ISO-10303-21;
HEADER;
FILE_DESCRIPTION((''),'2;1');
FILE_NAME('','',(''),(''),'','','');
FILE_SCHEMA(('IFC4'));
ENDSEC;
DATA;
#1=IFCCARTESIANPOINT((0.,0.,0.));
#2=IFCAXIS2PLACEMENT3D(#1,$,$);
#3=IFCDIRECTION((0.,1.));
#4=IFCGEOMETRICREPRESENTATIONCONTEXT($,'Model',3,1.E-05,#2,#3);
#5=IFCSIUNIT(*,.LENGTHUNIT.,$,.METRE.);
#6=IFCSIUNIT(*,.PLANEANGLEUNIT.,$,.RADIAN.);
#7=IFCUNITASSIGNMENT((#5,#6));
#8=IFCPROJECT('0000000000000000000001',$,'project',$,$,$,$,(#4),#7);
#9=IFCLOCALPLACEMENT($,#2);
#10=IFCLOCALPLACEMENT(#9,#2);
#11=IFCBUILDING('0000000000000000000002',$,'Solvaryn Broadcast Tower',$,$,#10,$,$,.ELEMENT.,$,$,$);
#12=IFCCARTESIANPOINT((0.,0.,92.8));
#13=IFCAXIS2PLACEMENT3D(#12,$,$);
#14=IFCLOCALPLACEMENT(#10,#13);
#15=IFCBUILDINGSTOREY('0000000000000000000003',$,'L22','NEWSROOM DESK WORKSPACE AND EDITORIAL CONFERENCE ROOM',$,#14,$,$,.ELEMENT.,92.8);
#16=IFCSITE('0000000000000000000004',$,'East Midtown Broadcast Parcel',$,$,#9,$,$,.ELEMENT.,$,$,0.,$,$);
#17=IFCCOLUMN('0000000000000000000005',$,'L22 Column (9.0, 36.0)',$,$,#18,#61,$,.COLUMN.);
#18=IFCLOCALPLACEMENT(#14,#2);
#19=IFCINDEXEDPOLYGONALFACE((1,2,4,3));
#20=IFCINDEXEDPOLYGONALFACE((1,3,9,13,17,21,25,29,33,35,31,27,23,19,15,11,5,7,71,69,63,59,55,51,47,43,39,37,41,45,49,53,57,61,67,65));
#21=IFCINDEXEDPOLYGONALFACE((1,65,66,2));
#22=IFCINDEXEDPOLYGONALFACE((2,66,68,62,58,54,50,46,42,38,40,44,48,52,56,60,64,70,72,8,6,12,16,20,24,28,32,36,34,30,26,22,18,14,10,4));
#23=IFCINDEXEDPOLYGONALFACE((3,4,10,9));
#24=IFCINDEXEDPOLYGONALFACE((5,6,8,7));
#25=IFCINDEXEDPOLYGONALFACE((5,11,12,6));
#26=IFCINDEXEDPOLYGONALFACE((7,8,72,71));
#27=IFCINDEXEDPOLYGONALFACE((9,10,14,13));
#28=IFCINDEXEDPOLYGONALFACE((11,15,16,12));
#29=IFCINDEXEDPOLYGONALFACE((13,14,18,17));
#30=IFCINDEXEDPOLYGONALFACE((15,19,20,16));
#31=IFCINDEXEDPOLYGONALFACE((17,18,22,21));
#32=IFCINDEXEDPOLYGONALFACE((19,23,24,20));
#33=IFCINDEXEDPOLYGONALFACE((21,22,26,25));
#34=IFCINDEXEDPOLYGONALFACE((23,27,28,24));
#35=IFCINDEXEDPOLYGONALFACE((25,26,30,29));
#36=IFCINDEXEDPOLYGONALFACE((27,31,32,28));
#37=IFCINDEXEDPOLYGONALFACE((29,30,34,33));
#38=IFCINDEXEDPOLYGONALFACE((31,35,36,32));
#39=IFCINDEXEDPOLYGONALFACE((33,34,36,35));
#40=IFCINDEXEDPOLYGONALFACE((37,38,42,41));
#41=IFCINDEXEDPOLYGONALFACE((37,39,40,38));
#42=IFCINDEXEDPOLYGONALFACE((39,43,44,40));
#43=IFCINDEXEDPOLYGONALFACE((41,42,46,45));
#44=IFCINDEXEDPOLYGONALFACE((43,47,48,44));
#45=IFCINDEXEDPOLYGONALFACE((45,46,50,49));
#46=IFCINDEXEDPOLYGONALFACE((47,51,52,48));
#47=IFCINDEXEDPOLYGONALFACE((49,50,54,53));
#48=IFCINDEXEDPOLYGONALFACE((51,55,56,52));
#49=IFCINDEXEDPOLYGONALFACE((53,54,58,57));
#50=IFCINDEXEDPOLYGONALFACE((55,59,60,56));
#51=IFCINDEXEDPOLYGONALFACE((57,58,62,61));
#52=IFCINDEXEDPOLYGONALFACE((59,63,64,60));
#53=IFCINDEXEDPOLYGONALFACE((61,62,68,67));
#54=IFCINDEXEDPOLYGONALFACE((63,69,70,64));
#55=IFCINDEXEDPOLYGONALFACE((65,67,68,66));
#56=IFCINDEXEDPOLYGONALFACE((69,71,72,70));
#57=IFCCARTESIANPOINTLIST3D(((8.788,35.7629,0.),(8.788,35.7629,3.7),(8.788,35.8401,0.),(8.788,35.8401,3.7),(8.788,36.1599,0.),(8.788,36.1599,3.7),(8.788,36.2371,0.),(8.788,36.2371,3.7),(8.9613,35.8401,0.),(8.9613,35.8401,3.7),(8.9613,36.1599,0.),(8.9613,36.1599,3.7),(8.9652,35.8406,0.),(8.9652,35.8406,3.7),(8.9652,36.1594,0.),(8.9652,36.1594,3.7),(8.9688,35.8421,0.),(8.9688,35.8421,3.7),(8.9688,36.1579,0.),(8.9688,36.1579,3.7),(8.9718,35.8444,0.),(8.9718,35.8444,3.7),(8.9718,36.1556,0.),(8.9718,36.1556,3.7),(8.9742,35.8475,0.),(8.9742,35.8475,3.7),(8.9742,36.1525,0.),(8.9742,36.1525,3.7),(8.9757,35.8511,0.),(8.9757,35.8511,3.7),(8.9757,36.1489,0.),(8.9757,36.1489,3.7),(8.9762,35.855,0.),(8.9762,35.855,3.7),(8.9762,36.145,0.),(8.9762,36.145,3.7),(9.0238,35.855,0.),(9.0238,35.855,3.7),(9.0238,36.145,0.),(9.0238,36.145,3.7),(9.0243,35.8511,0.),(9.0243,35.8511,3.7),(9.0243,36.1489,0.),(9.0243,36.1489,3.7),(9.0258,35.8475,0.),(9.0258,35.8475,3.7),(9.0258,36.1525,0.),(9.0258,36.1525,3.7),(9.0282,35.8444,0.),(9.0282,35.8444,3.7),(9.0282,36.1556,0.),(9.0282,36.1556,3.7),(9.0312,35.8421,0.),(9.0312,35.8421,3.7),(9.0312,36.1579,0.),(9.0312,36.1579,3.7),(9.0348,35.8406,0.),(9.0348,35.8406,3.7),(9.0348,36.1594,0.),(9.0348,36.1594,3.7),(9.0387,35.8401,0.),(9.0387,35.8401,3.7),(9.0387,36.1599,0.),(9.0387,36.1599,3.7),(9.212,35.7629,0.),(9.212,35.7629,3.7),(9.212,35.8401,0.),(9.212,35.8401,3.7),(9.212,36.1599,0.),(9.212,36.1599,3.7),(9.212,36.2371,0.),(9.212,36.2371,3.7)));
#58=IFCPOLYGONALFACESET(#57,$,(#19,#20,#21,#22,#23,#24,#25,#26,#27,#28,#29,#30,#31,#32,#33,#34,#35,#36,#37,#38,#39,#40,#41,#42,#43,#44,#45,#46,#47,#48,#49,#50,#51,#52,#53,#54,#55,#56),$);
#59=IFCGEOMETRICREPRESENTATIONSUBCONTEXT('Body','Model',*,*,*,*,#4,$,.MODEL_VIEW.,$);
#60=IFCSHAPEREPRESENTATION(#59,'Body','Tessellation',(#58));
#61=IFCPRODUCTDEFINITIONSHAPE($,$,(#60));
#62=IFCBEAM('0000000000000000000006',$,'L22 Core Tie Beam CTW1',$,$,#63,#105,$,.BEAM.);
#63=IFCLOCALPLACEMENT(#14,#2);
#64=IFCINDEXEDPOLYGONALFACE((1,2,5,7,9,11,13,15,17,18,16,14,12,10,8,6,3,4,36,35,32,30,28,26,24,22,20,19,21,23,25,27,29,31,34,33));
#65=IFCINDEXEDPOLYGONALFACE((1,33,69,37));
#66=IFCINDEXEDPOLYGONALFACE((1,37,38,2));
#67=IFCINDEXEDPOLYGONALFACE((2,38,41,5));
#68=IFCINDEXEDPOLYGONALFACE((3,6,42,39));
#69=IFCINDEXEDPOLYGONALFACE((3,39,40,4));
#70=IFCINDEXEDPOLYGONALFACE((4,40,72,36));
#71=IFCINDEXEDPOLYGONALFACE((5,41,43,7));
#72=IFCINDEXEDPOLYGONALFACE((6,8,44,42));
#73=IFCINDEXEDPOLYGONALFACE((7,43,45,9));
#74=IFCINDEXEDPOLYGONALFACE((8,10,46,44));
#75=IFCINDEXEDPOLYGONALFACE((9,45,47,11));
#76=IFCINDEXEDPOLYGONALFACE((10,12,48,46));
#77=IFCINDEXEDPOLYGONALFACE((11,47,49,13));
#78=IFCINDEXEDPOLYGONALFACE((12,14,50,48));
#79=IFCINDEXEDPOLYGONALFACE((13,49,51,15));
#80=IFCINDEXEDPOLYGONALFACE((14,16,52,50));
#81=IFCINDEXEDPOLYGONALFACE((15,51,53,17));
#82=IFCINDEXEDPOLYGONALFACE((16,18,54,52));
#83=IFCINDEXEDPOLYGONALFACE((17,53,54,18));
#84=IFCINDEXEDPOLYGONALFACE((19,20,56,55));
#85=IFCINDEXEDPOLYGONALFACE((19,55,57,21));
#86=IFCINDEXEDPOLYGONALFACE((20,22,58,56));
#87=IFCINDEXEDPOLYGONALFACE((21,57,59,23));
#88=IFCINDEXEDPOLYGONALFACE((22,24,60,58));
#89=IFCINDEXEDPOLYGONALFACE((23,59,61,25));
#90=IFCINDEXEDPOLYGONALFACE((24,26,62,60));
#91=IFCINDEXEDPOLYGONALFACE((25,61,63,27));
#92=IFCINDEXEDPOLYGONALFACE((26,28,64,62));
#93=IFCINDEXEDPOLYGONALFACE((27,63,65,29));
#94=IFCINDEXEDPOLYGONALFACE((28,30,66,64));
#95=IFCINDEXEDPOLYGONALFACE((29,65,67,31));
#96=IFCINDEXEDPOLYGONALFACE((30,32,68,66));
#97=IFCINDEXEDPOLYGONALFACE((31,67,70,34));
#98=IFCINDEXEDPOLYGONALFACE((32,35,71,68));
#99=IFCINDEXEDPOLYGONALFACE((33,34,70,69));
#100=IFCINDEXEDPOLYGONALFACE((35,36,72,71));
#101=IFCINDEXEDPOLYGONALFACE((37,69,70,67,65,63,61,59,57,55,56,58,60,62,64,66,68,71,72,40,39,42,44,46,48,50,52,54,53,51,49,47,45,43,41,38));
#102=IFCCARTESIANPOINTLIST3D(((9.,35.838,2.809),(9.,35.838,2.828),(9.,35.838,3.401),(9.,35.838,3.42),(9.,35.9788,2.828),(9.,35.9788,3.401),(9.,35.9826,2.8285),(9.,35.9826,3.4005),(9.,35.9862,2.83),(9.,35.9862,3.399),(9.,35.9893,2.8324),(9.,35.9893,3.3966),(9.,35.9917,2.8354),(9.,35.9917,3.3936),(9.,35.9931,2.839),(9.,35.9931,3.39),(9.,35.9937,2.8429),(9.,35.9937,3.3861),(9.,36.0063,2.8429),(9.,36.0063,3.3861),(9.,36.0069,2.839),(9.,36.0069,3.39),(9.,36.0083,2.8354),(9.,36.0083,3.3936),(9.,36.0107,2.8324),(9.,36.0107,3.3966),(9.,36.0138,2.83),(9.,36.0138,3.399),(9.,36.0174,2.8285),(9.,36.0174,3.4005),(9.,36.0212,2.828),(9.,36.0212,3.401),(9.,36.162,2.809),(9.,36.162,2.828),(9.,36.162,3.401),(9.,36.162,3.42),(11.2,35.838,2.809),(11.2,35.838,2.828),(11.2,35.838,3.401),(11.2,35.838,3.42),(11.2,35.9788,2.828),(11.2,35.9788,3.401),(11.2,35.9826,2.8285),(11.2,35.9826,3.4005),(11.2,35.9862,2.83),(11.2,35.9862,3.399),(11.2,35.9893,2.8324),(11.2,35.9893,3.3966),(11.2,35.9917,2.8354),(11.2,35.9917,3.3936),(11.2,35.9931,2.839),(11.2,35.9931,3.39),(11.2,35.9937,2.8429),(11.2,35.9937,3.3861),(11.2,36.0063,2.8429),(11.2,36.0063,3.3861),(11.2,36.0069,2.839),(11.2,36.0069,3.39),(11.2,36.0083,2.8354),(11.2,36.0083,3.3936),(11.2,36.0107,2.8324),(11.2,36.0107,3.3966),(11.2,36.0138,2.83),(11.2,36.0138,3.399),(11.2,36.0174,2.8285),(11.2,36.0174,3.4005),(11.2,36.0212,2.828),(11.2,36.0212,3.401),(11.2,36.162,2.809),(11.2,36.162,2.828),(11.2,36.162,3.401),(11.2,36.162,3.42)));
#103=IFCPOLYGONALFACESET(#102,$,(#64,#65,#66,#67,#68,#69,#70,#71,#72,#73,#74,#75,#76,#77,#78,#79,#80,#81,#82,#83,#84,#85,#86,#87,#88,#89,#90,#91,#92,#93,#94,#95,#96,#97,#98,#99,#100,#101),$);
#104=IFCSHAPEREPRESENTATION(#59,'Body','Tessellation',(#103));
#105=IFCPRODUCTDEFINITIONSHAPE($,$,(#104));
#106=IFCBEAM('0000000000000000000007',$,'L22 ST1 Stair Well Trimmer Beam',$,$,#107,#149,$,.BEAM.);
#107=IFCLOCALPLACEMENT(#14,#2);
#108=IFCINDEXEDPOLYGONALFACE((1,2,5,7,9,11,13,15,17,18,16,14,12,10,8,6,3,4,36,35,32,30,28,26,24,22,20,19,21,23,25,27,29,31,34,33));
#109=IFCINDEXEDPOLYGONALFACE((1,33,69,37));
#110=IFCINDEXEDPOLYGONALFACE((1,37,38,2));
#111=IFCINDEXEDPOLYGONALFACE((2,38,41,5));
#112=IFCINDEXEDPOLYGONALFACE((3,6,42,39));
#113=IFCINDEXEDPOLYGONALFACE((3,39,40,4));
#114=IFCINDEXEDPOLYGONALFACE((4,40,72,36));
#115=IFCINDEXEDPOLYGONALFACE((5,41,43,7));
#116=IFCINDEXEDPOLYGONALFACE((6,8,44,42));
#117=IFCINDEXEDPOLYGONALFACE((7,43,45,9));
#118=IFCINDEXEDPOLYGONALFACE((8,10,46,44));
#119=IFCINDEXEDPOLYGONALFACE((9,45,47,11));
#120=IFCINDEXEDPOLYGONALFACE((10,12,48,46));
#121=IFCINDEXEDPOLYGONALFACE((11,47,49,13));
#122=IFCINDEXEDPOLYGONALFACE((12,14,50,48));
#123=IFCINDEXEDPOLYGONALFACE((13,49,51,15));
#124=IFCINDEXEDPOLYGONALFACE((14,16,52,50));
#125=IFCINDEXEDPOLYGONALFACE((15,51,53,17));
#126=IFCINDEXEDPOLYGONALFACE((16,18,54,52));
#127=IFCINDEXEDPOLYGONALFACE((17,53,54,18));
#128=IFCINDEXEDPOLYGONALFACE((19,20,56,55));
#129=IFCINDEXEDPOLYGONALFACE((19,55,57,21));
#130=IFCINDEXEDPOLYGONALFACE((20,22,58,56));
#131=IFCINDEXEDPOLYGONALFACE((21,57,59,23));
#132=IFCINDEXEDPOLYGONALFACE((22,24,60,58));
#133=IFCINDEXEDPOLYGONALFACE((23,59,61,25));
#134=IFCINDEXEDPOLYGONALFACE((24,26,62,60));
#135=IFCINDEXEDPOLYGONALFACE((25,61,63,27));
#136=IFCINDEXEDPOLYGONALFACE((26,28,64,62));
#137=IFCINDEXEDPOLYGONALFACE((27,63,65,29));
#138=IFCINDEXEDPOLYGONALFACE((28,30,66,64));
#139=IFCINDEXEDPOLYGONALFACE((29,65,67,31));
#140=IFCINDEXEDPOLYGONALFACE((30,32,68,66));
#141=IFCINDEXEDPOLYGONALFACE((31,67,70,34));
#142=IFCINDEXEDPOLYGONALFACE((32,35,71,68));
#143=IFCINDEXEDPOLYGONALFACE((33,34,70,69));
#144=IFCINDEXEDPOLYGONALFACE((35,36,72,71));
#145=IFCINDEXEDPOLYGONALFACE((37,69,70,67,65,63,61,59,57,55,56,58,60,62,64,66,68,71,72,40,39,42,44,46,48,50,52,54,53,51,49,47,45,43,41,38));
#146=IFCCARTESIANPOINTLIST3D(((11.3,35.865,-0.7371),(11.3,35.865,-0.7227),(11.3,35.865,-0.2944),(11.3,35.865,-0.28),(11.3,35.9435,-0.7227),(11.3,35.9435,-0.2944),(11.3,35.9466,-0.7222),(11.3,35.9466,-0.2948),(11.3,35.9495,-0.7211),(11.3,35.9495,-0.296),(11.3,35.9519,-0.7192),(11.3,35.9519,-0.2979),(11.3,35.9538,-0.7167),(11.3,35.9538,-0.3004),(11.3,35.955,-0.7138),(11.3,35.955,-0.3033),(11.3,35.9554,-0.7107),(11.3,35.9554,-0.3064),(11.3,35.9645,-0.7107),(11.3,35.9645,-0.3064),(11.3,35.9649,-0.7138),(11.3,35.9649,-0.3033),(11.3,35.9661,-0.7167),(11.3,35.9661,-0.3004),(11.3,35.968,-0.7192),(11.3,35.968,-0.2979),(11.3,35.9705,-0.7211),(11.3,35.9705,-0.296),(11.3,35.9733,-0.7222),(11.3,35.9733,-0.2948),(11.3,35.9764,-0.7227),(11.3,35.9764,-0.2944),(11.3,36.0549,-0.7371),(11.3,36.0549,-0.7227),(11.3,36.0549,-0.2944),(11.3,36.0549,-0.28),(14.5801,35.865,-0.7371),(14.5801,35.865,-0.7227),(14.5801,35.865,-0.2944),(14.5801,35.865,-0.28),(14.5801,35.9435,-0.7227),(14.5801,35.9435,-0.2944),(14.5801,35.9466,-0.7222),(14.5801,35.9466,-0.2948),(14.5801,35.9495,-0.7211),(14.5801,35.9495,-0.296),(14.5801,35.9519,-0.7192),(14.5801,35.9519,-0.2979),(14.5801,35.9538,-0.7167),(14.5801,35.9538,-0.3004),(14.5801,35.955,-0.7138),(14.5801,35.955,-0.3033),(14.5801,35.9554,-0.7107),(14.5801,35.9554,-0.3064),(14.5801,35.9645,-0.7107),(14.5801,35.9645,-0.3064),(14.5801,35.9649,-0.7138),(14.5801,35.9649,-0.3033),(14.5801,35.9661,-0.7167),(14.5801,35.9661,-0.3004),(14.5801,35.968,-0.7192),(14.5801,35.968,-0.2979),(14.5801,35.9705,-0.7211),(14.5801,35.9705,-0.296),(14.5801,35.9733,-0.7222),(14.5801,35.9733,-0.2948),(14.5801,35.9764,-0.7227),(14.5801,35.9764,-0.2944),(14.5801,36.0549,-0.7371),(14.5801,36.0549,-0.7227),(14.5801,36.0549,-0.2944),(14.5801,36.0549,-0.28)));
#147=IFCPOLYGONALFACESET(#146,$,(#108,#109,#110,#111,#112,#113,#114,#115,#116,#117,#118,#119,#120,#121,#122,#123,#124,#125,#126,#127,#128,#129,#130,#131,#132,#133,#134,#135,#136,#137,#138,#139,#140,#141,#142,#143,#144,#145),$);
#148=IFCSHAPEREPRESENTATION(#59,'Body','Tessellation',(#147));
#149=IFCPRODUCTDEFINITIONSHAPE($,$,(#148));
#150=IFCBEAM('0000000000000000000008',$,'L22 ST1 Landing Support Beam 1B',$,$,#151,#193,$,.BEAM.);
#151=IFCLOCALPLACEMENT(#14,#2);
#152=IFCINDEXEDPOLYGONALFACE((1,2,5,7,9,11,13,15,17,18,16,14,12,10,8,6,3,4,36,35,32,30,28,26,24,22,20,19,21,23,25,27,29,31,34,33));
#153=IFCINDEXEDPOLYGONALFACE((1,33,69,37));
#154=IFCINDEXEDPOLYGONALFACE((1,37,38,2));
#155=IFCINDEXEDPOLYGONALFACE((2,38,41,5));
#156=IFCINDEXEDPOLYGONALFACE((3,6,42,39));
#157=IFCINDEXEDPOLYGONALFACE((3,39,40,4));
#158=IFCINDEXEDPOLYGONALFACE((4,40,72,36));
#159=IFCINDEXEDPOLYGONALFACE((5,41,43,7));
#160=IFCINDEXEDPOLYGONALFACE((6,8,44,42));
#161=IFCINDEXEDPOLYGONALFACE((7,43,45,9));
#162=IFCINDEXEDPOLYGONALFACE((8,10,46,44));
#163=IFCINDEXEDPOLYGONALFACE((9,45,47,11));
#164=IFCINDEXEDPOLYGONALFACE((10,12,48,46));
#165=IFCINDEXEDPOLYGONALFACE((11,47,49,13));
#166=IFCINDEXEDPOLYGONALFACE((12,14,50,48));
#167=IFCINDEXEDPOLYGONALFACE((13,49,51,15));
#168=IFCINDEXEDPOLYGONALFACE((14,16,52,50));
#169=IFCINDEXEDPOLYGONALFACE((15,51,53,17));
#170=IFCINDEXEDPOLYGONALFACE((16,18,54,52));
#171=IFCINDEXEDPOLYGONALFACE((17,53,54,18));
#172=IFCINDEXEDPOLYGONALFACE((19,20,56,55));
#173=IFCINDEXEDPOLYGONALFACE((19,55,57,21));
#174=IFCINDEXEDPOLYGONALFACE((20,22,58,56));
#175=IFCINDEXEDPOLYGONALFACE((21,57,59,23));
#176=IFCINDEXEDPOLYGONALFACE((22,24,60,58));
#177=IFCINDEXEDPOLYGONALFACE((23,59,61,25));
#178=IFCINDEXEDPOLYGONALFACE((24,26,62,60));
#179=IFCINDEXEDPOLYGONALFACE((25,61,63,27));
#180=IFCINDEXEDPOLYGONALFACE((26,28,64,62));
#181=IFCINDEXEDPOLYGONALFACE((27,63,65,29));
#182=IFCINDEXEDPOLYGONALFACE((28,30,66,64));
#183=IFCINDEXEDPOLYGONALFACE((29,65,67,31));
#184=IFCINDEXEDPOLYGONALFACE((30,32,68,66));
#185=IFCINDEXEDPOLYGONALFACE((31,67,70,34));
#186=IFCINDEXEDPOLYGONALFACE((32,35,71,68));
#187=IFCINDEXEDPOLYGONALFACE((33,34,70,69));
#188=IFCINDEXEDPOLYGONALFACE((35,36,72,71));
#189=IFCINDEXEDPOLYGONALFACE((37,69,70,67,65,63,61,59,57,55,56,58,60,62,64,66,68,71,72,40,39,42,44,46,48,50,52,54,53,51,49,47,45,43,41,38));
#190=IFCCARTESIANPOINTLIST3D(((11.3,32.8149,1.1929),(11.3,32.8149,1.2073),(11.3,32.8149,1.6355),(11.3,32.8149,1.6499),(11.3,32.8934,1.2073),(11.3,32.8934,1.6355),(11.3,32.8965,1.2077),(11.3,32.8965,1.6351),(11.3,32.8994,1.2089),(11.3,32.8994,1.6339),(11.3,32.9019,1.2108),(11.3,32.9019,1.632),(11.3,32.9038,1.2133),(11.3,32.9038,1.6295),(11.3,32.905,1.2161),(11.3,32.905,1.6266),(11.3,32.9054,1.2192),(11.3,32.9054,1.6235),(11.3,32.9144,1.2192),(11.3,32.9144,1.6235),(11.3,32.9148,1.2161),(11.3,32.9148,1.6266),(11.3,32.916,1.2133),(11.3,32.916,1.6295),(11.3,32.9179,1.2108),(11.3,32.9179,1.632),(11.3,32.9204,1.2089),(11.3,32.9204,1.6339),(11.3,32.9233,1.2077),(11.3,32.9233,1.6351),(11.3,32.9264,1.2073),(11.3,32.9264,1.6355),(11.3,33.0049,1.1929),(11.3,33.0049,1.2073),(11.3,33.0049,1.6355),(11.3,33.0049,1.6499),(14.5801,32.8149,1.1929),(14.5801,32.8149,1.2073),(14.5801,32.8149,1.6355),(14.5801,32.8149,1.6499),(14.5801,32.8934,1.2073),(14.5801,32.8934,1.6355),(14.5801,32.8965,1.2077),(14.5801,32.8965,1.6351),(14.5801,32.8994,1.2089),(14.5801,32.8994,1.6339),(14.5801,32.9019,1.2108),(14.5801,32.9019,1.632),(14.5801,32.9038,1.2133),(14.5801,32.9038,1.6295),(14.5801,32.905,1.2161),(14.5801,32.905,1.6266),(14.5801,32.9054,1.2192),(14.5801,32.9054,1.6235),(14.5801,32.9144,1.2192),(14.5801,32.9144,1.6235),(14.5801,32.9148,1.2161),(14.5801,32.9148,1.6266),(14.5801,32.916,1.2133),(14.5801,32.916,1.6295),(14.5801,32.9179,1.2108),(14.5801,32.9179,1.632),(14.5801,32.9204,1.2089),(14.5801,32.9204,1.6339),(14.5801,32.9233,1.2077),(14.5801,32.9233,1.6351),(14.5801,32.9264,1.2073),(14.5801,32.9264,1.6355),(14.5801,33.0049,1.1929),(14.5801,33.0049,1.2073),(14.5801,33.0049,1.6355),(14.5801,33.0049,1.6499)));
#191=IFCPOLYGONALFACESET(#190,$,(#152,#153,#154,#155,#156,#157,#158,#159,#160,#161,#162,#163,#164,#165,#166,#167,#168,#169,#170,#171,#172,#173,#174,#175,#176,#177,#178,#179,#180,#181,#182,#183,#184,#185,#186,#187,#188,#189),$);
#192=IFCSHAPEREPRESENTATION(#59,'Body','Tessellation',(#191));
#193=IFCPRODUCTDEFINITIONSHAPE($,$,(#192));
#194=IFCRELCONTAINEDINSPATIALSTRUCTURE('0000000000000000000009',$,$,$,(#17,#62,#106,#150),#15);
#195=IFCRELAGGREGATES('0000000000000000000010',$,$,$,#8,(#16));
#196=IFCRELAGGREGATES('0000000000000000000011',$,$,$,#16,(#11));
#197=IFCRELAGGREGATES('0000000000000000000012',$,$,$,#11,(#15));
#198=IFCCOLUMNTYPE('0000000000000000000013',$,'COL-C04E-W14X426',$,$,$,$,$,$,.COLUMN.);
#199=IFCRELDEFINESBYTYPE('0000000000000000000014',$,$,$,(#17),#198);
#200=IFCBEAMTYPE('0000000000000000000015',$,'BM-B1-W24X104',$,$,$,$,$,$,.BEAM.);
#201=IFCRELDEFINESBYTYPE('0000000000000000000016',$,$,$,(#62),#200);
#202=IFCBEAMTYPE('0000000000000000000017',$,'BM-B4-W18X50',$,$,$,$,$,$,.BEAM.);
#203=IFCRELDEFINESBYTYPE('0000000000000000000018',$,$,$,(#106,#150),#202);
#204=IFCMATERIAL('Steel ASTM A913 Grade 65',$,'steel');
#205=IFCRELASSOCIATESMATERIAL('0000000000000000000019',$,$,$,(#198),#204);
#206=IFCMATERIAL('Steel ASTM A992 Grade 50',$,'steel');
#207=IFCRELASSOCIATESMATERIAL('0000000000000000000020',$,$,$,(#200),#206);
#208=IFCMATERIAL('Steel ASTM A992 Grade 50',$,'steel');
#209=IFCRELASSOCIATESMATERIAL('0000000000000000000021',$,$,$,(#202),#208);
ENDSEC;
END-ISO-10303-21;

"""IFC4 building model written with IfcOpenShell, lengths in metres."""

from ifc_helpers import new_model, si_unit, direction, frame, origin, origin_2d, place, context, subcontext, project, spatial, i_section, extrude, material, material_profile, profile_set, type_object, element, save


model = new_model("IFC4")

# Units and contexts
model_context = context("Model", 3, precision=1e-05, world=origin(), true_north=direction((0.0, 1.0)))
body_context = subcontext(model_context, "Body", "Model", "MODEL_VIEW")
ifc_project = project(units=[si_unit("LENGTHUNIT", "METRE"), si_unit("PLANEANGLEUNIT", "RADIAN")], contexts=[model_context])

# Site, building, storey
site_placement = place(None, origin())
site = spatial("IfcSite", under=ifc_project, at=site_placement, Name="East Midtown Broadcast Parcel", CompositionType="ELEMENT", RefElevation=0.0)
building_placement = place(site_placement, origin())
building = spatial("IfcBuilding", under=site, at=building_placement, Name="Solvaryn Broadcast Tower", CompositionType="ELEMENT")
storey_placement = place(building_placement, frame((0.0, 0.0, 92.8)))
storey = spatial("IfcBuildingStorey", under=building, at=storey_placement, Name="L22", Description="NEWSROOM DESK WORKSPACE AND EDITORIAL CONFERENCE ROOM", CompositionType="ELEMENT", Elevation=92.8)

# Column
ifc_material_1 = material(Name="Steel ASTM A913 Grade 65", Category="steel")
ifc_material_profile_1 = material_profile(ifc_material_1, i_section(OverallWidth=0.4241, OverallDepth=0.4741, WebThickness=0.0476, FlangeThickness=0.0771, FilletRadius=0.0149, at=origin_2d()))
ifc_profile_set_1 = profile_set([ifc_material_profile_1], Name="Steel ASTM A913 Grade 65")
column_type = type_object("IfcColumnType", Name="COL-C04E-W14X426", PredefinedType="COLUMN", material=ifc_profile_set_1)
column_placement = place(storey_placement, frame((9.0, 36.0, 0.0), z_axis=(0.0, 0.0, 1.0), x_axis=(1.0, 0.0, 0.0)))
element("IfcColumn", 1, at=column_placement, inside=storey, type_object=column_type, Name="L22 Column (9.0, 36.0)", PredefinedType="COLUMN", context=body_context, shape_type="SweptSolid", body=[
    extrude(i_section(OverallWidth=0.4241, OverallDepth=0.4741, WebThickness=0.0476, FlangeThickness=0.0771, FilletRadius=0.0149, at=origin_2d()), origin(), (0.0, 0.0, 1.0), 3.7),
])

# Beams
ifc_material_2 = material(Name="Steel ASTM A992 Grade 50", Category="steel")
ifc_material_profile_2 = material_profile(ifc_material_2, i_section(OverallWidth=0.324, OverallDepth=0.6111, WebThickness=0.0127, FlangeThickness=0.019, FilletRadius=0.0149, at=origin_2d()))
ifc_profile_set_2 = profile_set([ifc_material_profile_2], Name="Steel ASTM A992 Grade 50")
beam_type_1 = type_object("IfcBeamType", Name="BM-B1-W24X104", PredefinedType="BEAM", material=ifc_profile_set_2)
beam_1_placement = place(storey_placement, frame((9.0, 36.0, 3.1145), z_axis=(1.0, 0.0, 0.0), x_axis=(0.0, 1.0, 0.0)))
element("IfcBeam", 2, at=beam_1_placement, inside=storey, type_object=beam_type_1, Name="L22 Core Tie Beam CTW1", PredefinedType="BEAM", context=body_context, shape_type="SweptSolid", body=[
    extrude(i_section(OverallWidth=0.324, OverallDepth=0.6111, WebThickness=0.0127, FlangeThickness=0.019, FilletRadius=0.0149, at=origin_2d()), origin(), (0.0, 0.0, 1.0), 2.2),
])
ifc_material_3 = material(Name="Steel ASTM A992 Grade 50", Category="steel")
ifc_material_profile_3 = material_profile(ifc_material_3, i_section(OverallWidth=0.1899, OverallDepth=0.457, WebThickness=0.009, FlangeThickness=0.0144, FilletRadius=0.012, at=origin_2d()))
ifc_profile_set_3 = profile_set([ifc_material_profile_3], Name="Steel ASTM A992 Grade 50")
beam_type_2 = type_object("IfcBeamType", Name="BM-B4-W18X50", PredefinedType="BEAM", material=ifc_profile_set_3)
for number, where, z_axis, x_axis, name in (
    (3, (11.3, 35.96, -0.5085), (1.0, 0.0, 0.0), (0.0, 1.0, 0.0), "L22 ST1 Stair Well Trimmer Beam"),
    (4, (11.3, 32.9099, 1.4214), (1.0, 0.0, 0.0), (0.0, 1.0, 0.0), "L22 ST1 Landing Support Beam 1B"),
):
    element("IfcBeam", number, at=place(storey_placement, frame(where, z_axis=z_axis, x_axis=x_axis)), inside=storey, type_object=beam_type_2, Name=name, PredefinedType="BEAM", context=body_context, shape_type="SweptSolid", body=[
        extrude(i_section(OverallWidth=0.1899, OverallDepth=0.457, WebThickness=0.009, FlangeThickness=0.0144, FilletRadius=0.012, at=origin_2d()), origin(), (0.0, 0.0, 1.0), 3.28),
    ])

save(model, "model.ifc")
